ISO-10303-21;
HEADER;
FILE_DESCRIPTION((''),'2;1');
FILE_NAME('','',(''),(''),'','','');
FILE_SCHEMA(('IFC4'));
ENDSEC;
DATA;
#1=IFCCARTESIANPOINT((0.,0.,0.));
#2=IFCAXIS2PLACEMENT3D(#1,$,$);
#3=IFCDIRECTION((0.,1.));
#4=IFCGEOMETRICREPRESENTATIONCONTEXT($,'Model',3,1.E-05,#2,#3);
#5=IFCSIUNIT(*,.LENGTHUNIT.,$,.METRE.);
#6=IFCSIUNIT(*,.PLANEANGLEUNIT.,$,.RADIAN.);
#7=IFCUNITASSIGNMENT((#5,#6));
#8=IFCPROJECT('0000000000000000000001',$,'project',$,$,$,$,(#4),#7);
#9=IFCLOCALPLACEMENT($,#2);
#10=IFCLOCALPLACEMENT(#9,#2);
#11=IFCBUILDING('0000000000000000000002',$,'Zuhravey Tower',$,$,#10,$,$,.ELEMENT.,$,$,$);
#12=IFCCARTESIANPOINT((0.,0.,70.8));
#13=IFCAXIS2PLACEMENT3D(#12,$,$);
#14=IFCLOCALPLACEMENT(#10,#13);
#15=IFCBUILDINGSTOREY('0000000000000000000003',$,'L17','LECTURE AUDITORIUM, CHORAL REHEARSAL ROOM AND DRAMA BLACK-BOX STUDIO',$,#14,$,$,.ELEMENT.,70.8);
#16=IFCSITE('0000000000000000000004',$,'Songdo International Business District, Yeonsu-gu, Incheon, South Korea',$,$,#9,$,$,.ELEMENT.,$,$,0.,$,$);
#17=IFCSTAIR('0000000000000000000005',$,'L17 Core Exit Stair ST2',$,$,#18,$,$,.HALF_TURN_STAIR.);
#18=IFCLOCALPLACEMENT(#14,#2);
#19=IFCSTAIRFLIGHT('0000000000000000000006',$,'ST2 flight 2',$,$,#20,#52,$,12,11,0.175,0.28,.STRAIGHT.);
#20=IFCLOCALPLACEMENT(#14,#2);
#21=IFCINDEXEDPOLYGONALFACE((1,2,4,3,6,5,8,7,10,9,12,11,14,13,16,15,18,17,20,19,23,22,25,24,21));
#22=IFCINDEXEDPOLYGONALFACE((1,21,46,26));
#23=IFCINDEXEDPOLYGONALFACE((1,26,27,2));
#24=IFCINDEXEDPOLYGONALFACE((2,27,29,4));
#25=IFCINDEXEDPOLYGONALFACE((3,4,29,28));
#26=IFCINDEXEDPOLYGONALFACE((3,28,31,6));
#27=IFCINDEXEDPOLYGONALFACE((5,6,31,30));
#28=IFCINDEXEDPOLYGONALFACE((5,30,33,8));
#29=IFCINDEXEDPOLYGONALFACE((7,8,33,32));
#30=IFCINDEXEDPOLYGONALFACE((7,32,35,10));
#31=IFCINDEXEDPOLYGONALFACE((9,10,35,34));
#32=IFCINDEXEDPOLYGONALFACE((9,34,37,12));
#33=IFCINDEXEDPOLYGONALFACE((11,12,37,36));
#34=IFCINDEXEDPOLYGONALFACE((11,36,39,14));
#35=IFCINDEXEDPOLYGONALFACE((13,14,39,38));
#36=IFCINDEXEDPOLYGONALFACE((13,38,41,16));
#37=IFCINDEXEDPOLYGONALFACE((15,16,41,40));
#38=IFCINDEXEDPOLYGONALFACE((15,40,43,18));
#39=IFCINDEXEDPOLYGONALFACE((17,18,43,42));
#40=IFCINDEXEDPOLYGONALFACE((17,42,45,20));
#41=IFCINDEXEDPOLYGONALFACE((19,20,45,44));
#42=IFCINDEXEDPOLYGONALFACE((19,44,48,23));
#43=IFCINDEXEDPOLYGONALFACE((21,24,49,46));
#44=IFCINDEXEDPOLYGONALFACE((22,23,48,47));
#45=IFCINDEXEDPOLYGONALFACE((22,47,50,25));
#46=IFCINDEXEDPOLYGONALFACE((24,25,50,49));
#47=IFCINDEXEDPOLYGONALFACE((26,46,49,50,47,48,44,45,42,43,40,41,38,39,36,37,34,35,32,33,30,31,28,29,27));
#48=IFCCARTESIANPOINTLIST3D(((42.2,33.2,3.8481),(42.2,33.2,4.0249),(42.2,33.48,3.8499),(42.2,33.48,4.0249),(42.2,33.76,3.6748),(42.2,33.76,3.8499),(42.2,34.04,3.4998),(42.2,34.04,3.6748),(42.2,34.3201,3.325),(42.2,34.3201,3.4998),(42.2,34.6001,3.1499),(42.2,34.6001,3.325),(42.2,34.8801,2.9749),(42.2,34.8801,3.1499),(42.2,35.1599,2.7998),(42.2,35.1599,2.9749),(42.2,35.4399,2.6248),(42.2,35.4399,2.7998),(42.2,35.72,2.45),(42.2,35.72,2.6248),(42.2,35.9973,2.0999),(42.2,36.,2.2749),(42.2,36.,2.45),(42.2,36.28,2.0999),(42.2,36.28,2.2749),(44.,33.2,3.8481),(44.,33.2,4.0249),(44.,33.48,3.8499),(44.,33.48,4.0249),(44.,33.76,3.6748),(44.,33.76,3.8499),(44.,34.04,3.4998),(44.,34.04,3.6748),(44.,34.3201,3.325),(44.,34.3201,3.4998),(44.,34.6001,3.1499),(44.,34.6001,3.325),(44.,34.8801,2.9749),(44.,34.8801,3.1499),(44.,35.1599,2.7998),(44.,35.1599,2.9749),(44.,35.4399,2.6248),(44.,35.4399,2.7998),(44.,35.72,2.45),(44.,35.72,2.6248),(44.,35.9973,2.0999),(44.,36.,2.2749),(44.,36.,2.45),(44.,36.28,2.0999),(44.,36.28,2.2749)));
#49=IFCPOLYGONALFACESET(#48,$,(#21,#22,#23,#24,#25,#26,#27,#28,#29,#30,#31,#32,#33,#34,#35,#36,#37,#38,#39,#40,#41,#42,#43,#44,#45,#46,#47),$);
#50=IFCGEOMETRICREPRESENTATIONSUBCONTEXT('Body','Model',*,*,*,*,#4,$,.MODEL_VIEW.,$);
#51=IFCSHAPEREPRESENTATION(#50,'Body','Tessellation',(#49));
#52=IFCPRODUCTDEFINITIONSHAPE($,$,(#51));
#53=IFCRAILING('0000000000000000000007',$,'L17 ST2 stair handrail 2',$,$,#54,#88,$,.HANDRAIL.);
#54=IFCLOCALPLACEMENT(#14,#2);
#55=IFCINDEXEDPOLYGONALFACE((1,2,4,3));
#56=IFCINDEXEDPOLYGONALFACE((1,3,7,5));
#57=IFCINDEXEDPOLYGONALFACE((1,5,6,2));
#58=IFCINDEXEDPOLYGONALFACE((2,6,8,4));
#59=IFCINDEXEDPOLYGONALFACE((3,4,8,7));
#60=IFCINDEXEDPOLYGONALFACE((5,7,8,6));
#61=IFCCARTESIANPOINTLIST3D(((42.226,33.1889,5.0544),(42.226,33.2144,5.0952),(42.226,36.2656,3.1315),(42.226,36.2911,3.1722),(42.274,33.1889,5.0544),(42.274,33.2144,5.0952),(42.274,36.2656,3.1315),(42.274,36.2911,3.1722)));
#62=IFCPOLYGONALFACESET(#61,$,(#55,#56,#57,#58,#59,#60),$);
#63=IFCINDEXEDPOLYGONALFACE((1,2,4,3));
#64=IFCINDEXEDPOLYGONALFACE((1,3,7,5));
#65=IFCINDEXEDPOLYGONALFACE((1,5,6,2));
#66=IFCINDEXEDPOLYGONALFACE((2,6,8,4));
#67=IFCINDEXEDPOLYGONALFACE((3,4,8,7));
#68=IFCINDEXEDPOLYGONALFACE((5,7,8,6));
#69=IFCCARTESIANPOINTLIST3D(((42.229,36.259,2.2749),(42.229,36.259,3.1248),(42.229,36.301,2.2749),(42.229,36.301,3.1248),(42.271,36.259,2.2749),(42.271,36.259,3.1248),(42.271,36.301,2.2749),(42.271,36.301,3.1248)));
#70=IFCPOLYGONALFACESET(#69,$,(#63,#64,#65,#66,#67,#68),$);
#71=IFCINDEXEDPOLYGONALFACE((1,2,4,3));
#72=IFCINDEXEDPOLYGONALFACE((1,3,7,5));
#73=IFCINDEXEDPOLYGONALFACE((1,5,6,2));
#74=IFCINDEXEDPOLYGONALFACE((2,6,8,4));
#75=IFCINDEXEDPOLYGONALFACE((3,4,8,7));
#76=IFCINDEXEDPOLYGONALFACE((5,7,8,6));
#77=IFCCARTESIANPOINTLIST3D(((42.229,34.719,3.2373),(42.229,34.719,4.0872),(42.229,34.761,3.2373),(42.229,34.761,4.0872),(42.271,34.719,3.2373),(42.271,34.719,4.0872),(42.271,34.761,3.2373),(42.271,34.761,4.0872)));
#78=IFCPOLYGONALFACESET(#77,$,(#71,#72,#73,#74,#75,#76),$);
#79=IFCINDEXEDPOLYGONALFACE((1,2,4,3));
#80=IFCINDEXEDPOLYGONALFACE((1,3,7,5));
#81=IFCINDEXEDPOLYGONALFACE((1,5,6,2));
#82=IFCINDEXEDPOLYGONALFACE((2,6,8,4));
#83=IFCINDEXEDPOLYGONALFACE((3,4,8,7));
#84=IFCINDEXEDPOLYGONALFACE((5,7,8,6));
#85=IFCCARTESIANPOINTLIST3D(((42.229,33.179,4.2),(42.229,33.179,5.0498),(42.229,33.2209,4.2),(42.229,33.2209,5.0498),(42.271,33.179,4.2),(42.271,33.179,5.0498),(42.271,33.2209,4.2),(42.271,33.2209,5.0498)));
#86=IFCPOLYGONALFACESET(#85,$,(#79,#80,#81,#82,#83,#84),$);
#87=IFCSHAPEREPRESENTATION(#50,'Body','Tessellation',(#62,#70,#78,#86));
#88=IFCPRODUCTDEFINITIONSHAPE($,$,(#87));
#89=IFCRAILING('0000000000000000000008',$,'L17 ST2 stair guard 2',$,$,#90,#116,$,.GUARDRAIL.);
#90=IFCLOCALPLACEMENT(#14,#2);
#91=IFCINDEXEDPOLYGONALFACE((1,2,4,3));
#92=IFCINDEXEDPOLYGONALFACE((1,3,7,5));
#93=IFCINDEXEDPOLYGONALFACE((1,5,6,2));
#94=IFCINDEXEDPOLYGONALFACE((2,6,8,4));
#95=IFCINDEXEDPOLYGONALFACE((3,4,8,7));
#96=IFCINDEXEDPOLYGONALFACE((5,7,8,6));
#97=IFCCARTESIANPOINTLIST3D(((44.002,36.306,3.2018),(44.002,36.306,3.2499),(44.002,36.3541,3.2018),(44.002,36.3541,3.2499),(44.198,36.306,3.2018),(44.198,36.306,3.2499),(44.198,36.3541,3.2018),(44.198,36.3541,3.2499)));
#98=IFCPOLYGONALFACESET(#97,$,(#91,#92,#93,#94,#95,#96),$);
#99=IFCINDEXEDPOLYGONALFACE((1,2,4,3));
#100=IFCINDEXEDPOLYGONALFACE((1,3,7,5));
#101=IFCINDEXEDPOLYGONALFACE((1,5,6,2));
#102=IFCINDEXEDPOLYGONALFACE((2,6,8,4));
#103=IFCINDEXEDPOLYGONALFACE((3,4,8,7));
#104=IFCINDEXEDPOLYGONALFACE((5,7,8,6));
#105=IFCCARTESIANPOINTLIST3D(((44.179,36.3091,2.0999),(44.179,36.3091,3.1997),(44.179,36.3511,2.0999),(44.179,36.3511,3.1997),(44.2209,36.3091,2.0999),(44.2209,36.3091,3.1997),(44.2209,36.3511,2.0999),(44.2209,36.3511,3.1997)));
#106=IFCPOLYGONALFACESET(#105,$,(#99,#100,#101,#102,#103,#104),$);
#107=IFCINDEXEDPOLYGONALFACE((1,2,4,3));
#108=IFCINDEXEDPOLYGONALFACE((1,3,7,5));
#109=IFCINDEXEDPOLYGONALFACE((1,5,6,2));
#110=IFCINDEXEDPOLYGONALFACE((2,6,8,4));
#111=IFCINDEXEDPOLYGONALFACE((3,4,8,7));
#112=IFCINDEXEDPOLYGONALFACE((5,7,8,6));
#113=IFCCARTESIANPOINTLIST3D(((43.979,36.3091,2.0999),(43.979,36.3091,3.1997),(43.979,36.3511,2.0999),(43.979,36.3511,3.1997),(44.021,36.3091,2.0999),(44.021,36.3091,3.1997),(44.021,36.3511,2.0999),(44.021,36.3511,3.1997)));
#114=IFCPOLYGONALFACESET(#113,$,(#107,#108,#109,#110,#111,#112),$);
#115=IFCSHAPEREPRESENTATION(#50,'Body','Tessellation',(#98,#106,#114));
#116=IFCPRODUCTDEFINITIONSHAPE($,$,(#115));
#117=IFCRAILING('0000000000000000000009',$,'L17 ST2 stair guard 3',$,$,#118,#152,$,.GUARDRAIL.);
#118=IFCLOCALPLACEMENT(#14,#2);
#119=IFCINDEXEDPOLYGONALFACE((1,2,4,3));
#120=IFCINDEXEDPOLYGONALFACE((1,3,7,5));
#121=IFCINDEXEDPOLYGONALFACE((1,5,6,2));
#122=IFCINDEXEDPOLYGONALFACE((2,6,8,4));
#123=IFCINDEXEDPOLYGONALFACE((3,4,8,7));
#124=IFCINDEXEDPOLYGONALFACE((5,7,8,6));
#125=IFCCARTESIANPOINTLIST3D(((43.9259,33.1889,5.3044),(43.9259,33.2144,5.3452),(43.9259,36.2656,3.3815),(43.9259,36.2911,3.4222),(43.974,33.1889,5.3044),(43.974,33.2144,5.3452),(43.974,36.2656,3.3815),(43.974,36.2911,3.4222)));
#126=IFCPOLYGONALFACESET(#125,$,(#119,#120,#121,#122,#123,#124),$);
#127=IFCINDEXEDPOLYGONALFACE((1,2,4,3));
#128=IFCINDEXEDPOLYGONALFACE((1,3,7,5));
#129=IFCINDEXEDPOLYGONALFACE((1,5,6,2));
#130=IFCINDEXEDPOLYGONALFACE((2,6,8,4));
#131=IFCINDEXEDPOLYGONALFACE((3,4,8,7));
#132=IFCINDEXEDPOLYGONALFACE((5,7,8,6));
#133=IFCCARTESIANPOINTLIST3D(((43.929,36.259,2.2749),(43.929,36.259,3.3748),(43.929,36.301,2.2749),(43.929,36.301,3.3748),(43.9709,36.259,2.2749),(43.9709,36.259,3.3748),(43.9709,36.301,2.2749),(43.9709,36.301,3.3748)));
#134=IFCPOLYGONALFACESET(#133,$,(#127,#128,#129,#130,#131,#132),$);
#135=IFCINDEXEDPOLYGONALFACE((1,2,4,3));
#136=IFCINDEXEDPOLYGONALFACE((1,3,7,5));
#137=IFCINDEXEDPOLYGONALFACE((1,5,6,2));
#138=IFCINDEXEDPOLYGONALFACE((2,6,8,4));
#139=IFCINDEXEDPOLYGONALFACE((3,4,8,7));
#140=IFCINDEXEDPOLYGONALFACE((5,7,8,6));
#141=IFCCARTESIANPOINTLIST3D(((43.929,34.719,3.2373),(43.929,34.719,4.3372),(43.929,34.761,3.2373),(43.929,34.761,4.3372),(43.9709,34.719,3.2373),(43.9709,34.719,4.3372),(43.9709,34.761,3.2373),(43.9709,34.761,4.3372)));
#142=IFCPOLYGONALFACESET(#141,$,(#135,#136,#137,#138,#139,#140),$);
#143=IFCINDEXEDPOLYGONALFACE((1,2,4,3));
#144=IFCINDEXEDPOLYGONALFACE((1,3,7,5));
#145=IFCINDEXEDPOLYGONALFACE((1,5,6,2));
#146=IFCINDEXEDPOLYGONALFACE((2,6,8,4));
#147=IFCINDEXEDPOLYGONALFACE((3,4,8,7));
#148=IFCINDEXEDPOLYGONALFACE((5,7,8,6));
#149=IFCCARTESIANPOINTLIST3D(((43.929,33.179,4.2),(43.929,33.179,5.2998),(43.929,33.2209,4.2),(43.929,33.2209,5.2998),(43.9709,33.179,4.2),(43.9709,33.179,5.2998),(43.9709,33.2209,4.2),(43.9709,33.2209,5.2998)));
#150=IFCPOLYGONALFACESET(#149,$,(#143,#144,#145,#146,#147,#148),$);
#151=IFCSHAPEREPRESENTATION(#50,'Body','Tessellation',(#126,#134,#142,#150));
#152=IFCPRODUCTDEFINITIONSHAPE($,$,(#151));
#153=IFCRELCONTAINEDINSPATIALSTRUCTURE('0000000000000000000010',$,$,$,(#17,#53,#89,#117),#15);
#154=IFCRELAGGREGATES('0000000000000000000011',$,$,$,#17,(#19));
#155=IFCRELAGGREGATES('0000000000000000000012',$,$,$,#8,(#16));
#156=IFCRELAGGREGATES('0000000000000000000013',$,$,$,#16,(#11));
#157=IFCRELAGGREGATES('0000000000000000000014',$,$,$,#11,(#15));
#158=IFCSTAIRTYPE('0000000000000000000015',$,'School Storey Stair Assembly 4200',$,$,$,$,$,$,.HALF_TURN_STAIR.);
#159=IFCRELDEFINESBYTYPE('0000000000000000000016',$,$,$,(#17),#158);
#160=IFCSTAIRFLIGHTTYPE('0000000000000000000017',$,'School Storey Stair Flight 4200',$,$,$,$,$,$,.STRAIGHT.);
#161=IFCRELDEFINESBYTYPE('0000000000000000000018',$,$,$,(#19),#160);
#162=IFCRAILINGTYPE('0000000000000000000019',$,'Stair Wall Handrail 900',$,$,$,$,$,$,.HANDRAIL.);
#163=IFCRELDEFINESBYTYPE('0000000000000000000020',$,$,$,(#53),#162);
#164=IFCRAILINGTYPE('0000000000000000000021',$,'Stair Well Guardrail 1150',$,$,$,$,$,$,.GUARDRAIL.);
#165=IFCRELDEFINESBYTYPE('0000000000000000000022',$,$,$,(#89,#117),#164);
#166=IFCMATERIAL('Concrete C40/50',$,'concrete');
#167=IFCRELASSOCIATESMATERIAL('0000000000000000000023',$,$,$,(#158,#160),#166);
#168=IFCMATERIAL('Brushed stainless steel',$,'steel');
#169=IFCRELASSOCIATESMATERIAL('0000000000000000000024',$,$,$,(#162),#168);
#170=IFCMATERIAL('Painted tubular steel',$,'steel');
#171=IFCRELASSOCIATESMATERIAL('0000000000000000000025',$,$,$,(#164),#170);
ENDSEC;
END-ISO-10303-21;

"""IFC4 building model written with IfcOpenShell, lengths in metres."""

from ifc_helpers import new_model, si_unit, direction, frame, origin, origin_2d, place, context, subcontext, project, spatial, polyline, rectangle, outline, extrude, material, type_object, element, aggregate, save


model = new_model("IFC4")

# Units and contexts
model_context = context("Model", 3, precision=1e-05, world=origin(), true_north=direction((0.0, 1.0)))
body_context = subcontext(model_context, "Body", "Model", "MODEL_VIEW")
ifc_project = project(units=[si_unit("LENGTHUNIT", "METRE"), si_unit("PLANEANGLEUNIT", "RADIAN")], contexts=[model_context])

# Site, building, storey
site_placement = place(None, origin())
site = spatial("IfcSite", under=ifc_project, at=site_placement, Name="Songdo International Business District, Yeonsu-gu, Incheon, South Korea", CompositionType="ELEMENT", RefElevation=0.0)
building_placement = place(site_placement, origin())
building = spatial("IfcBuilding", under=site, at=building_placement, Name="Zuhravey Tower", CompositionType="ELEMENT")
storey_placement = place(building_placement, frame((0.0, 0.0, 70.8)))
storey = spatial("IfcBuildingStorey", under=building, at=storey_placement, Name="L17", Description="LECTURE AUDITORIUM, CHORAL REHEARSAL ROOM AND DRAMA BLACK-BOX STUDIO", CompositionType="ELEMENT", Elevation=70.8)

# Stair, stair flight
ifc_material_1 = material(Name="Concrete C40/50", Category="concrete")
stair_type = type_object("IfcStairType", Name="School Storey Stair Assembly 4200", PredefinedType="HALF_TURN_STAIR", material=ifc_material_1)
stair_placement = place(storey_placement, origin())
stair = element("IfcStair", 1, at=stair_placement, inside=storey, type_object=stair_type, Name="L17 Core Exit Stair ST2", PredefinedType="HALF_TURN_STAIR")
stair_flight_type = type_object("IfcStairFlightType", Name="School Storey Stair Flight 4200", PredefinedType="STRAIGHT", material=ifc_material_1)
stair_flight_placement = place(storey_placement, frame((43.1001, 36.28, 2.0999), z_axis=(0.0, 0.0, 1.0), x_axis=(0.0, -1.0, 0.0)))
stair_flight = element("IfcStairFlight", 2, at=stair_flight_placement, type_object=stair_flight_type, Name="ST2 flight 2", NumberOfRisers=12, NumberOfTreads=11, PredefinedType="STRAIGHT", RiserHeight=0.175, TreadLength=0.28, context=body_context, shape_type="SweptSolid", body=[
    extrude(outline(polyline([(0.0, 0.0), (0.0, 0.175), (0.28, 0.175), (0.28, 0.3501), (0.5601, 0.3501), (0.5601, 0.5249), (0.8401, 0.5249), (0.8401, 0.7), (1.1201, 0.7), (1.1201, 0.875), (1.3999, 0.875), (1.3999, 1.05), (1.6799, 1.05), (1.6799, 1.2251), (1.96, 1.2251), (1.96, 1.3999), (2.24, 1.3999), (2.24, 1.575), (2.52, 1.575), (2.52, 1.75), (2.8, 1.75), (2.8, 1.925), (3.0801, 1.925), (3.0801, 2.1001), (3.0801, 1.7483), (0.2827, 0.0), (0.0, 0.0)])), frame((0.0, 0.8999, 0.0), z_axis=(0.0, -1.0, 0.0), x_axis=(1.0, 0.0, 0.0)), (0.0, 0.0, 1.0), 1.8),
])
aggregate(stair, [stair_flight])

# Railings
ifc_material_2 = material(Name="Brushed stainless steel", Category="steel")
railing_type_1 = type_object("IfcRailingType", Name="Stair Wall Handrail 900", PredefinedType="HANDRAIL", material=ifc_material_2)
railing_1_placement = place(storey_placement, frame((42.25, 36.28, 2.2749)))
element("IfcRailing", 3, at=railing_1_placement, inside=storey, type_object=railing_type_1, Name="L17 ST2 stair handrail 2", PredefinedType="HANDRAIL", context=body_context, shape_type="SweptSolid", body=[
    extrude(rectangle(XDim=0.0481, YDim=0.0481, at=origin_2d()), frame((0.0, -0.0017, 0.877), z_axis=(0.0, -0.847998, 0.529999), x_axis=(1.0, 0.0, 0.0)), (0.0, 0.0, 1.0), 3.6282),
    extrude(rectangle(XDim=0.042, YDim=0.042, at=origin_2d()), origin(), (0.0, 0.0, 1.0), 0.8499),
    extrude(rectangle(XDim=0.042, YDim=0.042, at=origin_2d()), frame((0.0, -1.54, 0.9624)), (0.0, 0.0, 1.0), 0.8499),
    extrude(rectangle(XDim=0.042, YDim=0.042, at=origin_2d()), frame((0.0, -3.0801, 1.925)), (0.0, 0.0, 1.0), 0.8499),
])
ifc_material_3 = material(Name="Painted tubular steel", Category="steel")
railing_type_2 = type_object("IfcRailingType", Name="Stair Well Guardrail 1150", PredefinedType="GUARDRAIL", material=ifc_material_3)
railing_2_placement = place(storey_placement, frame((44.2, 36.3301, 2.0999)))
element("IfcRailing", 4, at=railing_2_placement, inside=storey, type_object=railing_type_2, Name="L17 ST2 stair guard 2", PredefinedType="GUARDRAIL", context=body_context, shape_type="SweptSolid", body=[
    extrude(rectangle(XDim=0.0481, YDim=0.0481, at=origin_2d()), frame((-0.002, 0.0, 1.126), z_axis=(-1.0, 0.0, 0.0), x_axis=(0.0, -1.0, 0.0)), (0.0, 0.0, 1.0), 0.196),
    extrude(rectangle(XDim=0.042, YDim=0.042, at=origin_2d()), origin(), (0.0, 0.0, 1.0), 1.0999),
    extrude(rectangle(XDim=0.042, YDim=0.042, at=origin_2d()), frame((-0.2, 0.0, 0.0)), (0.0, 0.0, 1.0), 1.0999),
])
railing_3_placement = place(storey_placement, frame((43.95, 36.28, 2.2749)))
element("IfcRailing", 5, at=railing_3_placement, inside=storey, type_object=railing_type_2, Name="L17 ST2 stair guard 3", PredefinedType="GUARDRAIL", context=body_context, shape_type="SweptSolid", body=[
    extrude(rectangle(XDim=0.0481, YDim=0.0481, at=origin_2d()), frame((0.0, -0.0017, 1.127), z_axis=(0.0, -0.847998, 0.529999), x_axis=(1.0, 0.0, 0.0)), (0.0, 0.0, 1.0), 3.6282),
    extrude(rectangle(XDim=0.042, YDim=0.042, at=origin_2d()), origin(), (0.0, 0.0, 1.0), 1.0999),
    extrude(rectangle(XDim=0.042, YDim=0.042, at=origin_2d()), frame((0.0, -1.54, 0.9624)), (0.0, 0.0, 1.0), 1.0999),
    extrude(rectangle(XDim=0.042, YDim=0.042, at=origin_2d()), frame((0.0, -3.0801, 1.925)), (0.0, 0.0, 1.0), 1.0999),
])

save(model, "model.ifc")
